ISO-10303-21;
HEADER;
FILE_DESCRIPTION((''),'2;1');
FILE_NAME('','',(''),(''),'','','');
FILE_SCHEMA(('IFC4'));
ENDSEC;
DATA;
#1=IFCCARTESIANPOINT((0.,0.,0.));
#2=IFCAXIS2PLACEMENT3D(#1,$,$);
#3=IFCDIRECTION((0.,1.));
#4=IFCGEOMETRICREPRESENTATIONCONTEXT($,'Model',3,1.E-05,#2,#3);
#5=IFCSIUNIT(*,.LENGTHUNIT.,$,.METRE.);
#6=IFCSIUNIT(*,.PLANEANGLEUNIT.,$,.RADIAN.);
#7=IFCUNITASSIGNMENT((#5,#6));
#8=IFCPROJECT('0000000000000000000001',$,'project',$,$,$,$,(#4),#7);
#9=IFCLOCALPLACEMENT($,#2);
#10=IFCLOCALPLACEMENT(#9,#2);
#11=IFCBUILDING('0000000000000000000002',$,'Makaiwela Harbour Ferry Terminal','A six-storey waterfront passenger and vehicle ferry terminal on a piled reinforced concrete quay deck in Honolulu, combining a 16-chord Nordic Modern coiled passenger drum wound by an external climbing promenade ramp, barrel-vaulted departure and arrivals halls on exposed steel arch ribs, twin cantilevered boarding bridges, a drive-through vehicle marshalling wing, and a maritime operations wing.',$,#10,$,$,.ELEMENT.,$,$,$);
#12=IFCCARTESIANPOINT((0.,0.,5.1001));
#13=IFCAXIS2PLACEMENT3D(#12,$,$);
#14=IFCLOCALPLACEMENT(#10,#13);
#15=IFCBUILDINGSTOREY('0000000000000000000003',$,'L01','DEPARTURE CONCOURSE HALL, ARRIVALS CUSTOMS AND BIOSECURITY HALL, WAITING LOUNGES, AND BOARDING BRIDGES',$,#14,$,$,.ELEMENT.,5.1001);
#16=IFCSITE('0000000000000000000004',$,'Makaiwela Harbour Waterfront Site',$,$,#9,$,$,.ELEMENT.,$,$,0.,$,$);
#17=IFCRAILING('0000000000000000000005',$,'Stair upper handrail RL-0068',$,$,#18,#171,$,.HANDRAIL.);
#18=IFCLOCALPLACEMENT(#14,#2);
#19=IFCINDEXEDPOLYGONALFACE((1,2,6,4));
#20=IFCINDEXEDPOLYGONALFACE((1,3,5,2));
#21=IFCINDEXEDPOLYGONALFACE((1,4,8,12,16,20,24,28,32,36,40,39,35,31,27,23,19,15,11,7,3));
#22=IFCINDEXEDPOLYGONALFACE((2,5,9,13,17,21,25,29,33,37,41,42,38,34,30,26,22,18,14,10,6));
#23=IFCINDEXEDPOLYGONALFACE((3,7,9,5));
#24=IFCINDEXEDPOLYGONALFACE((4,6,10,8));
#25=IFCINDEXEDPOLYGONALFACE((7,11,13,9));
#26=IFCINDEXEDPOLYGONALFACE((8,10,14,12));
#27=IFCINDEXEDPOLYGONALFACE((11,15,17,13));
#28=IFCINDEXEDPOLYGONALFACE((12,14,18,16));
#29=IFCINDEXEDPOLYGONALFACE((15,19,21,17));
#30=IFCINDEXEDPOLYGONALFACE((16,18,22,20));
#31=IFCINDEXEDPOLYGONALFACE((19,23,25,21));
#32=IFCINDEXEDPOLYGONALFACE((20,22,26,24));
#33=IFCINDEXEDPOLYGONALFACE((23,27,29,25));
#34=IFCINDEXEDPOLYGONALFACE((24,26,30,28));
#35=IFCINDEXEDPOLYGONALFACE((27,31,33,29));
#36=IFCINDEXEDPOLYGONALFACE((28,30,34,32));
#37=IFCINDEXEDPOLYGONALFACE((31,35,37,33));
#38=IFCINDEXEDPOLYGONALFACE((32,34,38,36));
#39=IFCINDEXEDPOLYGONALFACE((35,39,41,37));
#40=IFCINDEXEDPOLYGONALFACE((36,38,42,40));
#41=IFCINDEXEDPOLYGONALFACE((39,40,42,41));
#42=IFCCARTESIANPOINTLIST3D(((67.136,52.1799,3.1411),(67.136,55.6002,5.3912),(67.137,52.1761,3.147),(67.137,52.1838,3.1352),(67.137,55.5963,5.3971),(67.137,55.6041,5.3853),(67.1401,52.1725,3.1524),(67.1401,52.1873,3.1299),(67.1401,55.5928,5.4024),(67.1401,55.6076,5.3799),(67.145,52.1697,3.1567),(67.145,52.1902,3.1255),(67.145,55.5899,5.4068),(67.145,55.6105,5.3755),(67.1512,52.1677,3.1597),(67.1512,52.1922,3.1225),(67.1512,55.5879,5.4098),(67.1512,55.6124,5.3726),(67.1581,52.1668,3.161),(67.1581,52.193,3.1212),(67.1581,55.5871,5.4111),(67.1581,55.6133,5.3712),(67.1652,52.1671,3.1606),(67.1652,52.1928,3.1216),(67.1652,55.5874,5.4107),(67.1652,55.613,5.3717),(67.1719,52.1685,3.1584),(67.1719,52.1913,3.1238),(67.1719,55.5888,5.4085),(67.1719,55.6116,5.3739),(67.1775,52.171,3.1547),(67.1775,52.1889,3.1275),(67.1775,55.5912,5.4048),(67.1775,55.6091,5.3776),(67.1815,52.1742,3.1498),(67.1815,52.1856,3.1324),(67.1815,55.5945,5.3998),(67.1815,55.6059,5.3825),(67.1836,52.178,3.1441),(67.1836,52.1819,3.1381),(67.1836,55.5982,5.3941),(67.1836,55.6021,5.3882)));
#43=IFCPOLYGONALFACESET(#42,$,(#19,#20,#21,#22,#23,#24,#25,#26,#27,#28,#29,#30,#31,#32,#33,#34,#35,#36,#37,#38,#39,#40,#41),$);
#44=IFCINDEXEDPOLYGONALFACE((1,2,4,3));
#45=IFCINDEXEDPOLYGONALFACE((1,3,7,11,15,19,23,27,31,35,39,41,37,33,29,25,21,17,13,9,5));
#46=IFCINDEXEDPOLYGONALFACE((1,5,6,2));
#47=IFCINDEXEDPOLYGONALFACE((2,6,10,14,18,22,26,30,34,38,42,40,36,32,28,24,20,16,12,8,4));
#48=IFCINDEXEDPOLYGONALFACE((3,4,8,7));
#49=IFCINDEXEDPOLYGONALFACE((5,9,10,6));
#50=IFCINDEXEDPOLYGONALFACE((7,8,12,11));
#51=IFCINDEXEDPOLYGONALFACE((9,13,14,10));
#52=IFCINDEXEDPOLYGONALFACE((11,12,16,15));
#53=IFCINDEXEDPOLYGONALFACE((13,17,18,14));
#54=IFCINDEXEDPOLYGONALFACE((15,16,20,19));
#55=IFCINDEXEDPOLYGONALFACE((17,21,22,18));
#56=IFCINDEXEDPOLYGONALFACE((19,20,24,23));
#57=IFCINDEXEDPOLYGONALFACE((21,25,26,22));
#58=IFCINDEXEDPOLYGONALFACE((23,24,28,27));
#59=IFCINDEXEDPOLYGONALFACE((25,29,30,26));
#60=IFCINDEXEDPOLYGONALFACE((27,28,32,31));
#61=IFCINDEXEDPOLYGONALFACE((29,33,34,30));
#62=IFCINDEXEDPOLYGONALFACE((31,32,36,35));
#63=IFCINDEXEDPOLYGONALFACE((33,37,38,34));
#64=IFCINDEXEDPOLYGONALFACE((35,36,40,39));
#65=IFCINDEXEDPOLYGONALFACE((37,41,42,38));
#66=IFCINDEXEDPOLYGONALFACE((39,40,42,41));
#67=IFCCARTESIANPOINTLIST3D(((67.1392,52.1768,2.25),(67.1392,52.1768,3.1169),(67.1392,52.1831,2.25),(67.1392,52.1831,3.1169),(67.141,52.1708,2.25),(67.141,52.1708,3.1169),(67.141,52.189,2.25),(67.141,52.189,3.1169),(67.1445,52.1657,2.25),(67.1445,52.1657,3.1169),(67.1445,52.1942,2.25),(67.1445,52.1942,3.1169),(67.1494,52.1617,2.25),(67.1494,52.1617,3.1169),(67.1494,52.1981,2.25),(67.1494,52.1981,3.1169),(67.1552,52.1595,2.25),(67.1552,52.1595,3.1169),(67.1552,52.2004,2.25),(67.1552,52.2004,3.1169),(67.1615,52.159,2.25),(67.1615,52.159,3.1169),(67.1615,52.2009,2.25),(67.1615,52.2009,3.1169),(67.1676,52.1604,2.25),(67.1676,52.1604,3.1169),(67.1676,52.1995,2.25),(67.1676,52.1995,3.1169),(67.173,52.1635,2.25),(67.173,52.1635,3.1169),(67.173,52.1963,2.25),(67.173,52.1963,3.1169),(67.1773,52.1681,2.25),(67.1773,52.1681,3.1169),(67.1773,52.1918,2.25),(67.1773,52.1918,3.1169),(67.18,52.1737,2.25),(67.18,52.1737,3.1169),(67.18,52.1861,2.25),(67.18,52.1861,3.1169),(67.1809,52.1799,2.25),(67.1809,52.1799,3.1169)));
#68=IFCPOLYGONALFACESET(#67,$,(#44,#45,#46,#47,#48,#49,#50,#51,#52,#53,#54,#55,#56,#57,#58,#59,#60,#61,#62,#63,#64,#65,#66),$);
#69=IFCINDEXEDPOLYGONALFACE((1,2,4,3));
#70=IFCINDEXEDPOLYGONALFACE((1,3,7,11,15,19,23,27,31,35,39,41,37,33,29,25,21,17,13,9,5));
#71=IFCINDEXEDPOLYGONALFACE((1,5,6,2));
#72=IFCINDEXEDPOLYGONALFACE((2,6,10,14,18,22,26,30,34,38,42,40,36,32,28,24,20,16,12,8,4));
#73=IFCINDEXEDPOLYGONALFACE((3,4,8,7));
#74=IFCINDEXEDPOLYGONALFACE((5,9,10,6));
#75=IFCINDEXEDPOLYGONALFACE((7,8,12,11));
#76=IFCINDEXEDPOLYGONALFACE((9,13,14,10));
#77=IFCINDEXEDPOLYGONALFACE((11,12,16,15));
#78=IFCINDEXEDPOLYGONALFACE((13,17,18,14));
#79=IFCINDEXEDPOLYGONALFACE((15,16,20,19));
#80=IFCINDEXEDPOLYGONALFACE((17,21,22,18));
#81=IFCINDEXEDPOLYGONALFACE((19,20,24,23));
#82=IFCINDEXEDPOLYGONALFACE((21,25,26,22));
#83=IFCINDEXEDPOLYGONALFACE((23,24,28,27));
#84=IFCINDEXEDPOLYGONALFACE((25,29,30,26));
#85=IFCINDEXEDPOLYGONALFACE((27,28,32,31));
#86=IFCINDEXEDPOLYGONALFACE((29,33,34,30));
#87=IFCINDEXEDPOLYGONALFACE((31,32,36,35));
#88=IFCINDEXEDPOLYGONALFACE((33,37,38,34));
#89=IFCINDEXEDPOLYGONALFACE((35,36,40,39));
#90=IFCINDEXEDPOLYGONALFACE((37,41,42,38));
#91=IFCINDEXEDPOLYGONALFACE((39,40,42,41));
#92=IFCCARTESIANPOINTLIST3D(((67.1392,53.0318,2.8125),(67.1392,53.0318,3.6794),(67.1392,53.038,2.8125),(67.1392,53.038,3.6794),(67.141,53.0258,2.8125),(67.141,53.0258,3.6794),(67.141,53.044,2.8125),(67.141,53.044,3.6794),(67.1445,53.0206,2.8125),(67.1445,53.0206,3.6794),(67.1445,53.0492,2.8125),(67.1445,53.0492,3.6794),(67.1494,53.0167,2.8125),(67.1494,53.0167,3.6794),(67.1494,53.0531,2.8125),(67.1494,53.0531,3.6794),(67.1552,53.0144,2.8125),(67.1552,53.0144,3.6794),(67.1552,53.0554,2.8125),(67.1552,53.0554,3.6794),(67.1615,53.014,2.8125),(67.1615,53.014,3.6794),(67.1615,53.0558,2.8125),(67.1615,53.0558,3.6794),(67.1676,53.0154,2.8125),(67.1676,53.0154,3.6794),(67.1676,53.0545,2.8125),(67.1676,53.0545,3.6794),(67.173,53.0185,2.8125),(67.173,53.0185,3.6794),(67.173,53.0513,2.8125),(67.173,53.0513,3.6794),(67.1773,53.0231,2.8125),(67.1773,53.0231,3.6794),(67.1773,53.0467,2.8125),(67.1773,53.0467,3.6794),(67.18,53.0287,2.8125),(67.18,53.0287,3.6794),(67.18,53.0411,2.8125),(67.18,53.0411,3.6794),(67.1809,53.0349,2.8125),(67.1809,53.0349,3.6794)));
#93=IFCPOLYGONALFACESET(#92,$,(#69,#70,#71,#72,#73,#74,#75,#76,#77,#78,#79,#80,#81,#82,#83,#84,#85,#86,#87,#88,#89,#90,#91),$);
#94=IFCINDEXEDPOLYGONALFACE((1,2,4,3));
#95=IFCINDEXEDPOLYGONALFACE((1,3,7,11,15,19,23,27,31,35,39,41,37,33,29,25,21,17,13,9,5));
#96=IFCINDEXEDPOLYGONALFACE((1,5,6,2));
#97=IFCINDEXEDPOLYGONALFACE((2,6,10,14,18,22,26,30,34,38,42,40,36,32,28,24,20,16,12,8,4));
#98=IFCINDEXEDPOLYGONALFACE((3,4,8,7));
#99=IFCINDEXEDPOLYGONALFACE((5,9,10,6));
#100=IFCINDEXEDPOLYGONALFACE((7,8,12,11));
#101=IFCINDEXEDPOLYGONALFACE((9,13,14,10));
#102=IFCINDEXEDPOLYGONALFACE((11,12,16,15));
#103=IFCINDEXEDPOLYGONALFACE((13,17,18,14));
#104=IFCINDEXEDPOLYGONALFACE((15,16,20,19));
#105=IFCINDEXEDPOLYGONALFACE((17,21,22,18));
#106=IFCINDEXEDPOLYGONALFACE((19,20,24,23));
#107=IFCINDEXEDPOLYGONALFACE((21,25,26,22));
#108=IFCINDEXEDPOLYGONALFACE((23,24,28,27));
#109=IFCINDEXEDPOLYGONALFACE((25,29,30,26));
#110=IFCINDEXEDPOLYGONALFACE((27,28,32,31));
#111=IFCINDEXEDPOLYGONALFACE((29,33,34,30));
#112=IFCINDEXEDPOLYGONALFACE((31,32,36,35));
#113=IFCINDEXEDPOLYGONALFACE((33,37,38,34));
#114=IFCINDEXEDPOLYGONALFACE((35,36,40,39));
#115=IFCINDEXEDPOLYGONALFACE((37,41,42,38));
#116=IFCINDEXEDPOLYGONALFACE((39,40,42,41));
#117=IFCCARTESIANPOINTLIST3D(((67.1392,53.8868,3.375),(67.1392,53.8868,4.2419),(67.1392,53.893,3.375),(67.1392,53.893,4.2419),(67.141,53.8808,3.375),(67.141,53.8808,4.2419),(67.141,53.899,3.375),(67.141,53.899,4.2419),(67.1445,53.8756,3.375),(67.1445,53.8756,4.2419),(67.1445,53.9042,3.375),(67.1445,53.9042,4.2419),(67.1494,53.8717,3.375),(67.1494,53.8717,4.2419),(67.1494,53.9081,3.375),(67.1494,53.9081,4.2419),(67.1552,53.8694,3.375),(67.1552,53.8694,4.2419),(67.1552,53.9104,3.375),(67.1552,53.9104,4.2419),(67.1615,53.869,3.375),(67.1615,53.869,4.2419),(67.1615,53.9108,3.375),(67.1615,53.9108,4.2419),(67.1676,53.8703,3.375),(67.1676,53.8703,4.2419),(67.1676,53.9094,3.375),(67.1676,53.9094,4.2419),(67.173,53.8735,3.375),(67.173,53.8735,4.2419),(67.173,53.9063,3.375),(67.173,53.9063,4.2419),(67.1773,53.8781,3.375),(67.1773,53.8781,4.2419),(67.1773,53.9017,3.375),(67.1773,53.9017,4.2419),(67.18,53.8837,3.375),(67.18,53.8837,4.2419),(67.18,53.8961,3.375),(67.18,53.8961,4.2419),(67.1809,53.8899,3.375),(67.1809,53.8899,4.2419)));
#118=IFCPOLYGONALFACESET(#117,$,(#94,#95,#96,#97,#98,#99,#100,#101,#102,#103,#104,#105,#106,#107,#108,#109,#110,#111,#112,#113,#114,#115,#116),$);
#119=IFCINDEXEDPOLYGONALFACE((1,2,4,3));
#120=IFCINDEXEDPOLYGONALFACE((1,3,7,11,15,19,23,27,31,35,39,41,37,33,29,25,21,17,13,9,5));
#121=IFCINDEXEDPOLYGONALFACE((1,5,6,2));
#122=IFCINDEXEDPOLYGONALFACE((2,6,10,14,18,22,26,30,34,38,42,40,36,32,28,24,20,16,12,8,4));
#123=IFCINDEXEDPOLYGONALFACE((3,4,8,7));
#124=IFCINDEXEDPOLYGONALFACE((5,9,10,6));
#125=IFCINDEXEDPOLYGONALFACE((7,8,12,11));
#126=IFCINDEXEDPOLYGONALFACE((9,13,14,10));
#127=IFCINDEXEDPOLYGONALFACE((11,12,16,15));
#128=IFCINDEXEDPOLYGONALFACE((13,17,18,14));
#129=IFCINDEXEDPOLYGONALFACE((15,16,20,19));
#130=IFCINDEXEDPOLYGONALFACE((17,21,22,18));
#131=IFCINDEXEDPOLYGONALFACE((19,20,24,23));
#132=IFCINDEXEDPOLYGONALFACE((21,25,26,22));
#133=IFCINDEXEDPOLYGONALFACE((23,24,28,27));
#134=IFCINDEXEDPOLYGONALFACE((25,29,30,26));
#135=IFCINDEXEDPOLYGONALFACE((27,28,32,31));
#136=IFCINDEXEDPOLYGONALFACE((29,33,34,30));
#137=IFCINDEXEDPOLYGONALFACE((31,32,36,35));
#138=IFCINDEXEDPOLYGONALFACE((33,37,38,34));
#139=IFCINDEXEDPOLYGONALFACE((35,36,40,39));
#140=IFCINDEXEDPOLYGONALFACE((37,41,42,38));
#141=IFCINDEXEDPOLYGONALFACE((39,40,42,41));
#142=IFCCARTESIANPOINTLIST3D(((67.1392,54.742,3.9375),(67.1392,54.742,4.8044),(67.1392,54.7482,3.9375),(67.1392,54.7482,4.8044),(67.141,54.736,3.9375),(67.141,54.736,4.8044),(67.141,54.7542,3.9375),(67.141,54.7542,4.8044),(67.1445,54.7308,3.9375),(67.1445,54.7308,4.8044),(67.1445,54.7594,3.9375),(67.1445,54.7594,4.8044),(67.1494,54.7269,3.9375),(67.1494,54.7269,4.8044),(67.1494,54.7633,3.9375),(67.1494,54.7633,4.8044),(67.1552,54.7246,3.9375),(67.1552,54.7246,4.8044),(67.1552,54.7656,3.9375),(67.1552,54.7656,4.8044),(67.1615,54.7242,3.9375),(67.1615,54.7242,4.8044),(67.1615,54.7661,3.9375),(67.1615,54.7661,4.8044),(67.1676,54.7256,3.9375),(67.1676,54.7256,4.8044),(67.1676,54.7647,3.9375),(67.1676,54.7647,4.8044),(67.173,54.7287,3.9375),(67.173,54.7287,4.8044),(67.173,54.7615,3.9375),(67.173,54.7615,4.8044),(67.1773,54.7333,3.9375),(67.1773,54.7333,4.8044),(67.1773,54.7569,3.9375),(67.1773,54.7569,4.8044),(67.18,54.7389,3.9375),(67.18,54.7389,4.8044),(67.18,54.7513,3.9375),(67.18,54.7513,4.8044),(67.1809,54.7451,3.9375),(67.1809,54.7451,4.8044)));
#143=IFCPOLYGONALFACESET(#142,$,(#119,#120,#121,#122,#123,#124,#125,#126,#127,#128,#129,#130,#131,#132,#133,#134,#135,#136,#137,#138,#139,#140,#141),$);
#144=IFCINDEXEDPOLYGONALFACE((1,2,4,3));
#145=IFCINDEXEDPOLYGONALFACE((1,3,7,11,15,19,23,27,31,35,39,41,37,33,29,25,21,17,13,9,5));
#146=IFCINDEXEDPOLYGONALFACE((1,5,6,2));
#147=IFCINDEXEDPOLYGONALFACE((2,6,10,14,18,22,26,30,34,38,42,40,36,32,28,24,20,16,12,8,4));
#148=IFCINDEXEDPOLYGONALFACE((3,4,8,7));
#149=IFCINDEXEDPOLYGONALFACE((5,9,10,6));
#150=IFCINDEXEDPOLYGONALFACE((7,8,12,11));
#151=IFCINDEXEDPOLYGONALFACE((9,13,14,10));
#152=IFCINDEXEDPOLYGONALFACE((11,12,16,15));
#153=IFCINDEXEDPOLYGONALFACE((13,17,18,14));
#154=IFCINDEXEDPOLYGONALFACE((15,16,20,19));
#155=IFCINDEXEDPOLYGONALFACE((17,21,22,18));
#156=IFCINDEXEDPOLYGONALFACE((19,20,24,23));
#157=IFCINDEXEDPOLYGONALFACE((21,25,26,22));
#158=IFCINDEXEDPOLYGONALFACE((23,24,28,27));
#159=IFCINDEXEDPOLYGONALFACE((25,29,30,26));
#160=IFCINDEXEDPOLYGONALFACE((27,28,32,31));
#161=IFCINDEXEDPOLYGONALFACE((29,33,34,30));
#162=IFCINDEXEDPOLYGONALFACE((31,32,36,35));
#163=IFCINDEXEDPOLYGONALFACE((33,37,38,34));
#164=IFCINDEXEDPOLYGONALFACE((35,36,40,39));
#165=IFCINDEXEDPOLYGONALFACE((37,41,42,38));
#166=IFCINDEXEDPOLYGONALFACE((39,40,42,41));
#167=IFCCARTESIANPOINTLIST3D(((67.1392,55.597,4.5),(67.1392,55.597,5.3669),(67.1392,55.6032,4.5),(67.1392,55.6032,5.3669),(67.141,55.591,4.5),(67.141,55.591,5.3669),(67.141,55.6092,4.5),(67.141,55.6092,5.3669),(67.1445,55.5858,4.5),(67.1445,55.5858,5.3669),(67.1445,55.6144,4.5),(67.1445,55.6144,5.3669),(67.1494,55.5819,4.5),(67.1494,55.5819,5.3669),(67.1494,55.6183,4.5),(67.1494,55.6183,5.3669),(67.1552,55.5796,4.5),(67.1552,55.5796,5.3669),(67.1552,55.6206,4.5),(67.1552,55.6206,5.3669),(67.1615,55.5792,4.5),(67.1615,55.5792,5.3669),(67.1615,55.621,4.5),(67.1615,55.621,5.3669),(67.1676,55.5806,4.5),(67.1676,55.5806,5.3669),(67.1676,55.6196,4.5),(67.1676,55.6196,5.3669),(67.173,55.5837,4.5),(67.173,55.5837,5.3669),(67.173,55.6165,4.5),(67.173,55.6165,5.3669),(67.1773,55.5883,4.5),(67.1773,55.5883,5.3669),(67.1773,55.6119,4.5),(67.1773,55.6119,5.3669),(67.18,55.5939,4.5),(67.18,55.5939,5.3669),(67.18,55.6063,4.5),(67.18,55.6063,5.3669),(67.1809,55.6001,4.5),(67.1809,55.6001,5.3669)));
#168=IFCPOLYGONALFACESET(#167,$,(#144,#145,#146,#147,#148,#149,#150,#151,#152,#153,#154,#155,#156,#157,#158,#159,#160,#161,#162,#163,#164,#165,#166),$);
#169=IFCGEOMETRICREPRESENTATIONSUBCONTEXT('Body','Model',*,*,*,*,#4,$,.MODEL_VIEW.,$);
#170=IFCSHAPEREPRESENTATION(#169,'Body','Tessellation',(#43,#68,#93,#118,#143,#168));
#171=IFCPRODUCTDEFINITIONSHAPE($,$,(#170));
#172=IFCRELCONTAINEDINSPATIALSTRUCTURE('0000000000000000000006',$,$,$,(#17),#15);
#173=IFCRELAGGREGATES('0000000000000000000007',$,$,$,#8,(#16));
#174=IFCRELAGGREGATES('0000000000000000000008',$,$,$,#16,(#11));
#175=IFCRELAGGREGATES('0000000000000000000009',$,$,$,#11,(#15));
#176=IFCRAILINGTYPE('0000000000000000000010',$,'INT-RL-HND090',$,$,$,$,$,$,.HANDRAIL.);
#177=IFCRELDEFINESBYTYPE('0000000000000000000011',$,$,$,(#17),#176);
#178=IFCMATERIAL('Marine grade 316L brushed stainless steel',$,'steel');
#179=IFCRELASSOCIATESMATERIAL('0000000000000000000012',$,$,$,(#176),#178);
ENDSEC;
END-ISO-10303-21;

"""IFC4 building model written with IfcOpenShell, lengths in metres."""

from ifc_helpers import new_model, si_unit, direction, frame, origin, origin_2d, place, context, subcontext, project, spatial, circle, extrude, material, type_object, element, save


model = new_model("IFC4")

# Units and contexts
model_context = context("Model", 3, precision=1e-05, world=origin(), true_north=direction((0.0, 1.0)))
body_context = subcontext(model_context, "Body", "Model", "MODEL_VIEW")
ifc_project = project(units=[si_unit("LENGTHUNIT", "METRE"), si_unit("PLANEANGLEUNIT", "RADIAN")], contexts=[model_context])

# Site, building, storey
site_placement = place(None, origin())
site = spatial("IfcSite", under=ifc_project, at=site_placement, Name="Makaiwela Harbour Waterfront Site", CompositionType="ELEMENT", RefElevation=0.0)
building_placement = place(site_placement, origin())
building = spatial("IfcBuilding", under=site, at=building_placement, Name="Makaiwela Harbour Ferry Terminal", Description="A six-storey waterfront passenger and vehicle ferry terminal on a piled reinforced concrete quay deck in Honolulu, combining a 16-chord Nordic Modern coiled passenger drum wound by an external climbing promenade ramp, barrel-vaulted departure and arrivals halls on exposed steel arch ribs, twin cantilevered boarding bridges, a drive-through vehicle marshalling wing, and a maritime operations wing.", CompositionType="ELEMENT")
storey_placement = place(building_placement, frame((0.0, 0.0, 5.1001)))
storey = spatial("IfcBuildingStorey", under=building, at=storey_placement, Name="L01", Description="DEPARTURE CONCOURSE HALL, ARRIVALS CUSTOMS AND BIOSECURITY HALL, WAITING LOUNGES, AND BOARDING BRIDGES", CompositionType="ELEMENT", Elevation=5.1001)

# Shared definitions
ifc_material_1 = material(Name="Marine grade 316L brushed stainless steel", Category="steel")

# Railing
railing_type_1 = type_object("IfcRailingType", Name="INT-RL-HND090", PredefinedType="HANDRAIL", material=ifc_material_1)
railing_1_placement = place(storey_placement, frame((67.1599, 52.1799, 2.25)))
element("IfcRailing", 1, at=railing_1_placement, inside=storey, type_object=railing_type_1, Name="Stair upper handrail RL-0068", PredefinedType="HANDRAIL", context=body_context, shape_type="SweptSolid", body=[
    extrude(circle(Radius=0.0239, at=origin_2d()), frame((0.0, 0.0, 0.8911), z_axis=(0.0, 0.835429, 0.549598), x_axis=(-1.0, 0.0, 0.0)), (0.0, 0.0, 1.0), 4.094),
    extrude(circle(Radius=0.021, at=origin_2d()), origin(), (0.0, 0.0, 1.0), 0.8669),
    extrude(circle(Radius=0.021, at=origin_2d()), frame((0.0, 0.855, 0.5625)), (0.0, 0.0, 1.0), 0.8669),
    extrude(circle(Radius=0.021, at=origin_2d()), frame((0.0, 1.71, 1.125)), (0.0, 0.0, 1.0), 0.8669),
    extrude(circle(Radius=0.021, at=origin_2d()), frame((0.0, 2.5652, 1.6875)), (0.0, 0.0, 1.0), 0.8669),
    extrude(circle(Radius=0.021, at=origin_2d()), frame((0.0, 3.4202, 2.25)), (0.0, 0.0, 1.0), 0.8669),
])

save(model, "model.ifc")
